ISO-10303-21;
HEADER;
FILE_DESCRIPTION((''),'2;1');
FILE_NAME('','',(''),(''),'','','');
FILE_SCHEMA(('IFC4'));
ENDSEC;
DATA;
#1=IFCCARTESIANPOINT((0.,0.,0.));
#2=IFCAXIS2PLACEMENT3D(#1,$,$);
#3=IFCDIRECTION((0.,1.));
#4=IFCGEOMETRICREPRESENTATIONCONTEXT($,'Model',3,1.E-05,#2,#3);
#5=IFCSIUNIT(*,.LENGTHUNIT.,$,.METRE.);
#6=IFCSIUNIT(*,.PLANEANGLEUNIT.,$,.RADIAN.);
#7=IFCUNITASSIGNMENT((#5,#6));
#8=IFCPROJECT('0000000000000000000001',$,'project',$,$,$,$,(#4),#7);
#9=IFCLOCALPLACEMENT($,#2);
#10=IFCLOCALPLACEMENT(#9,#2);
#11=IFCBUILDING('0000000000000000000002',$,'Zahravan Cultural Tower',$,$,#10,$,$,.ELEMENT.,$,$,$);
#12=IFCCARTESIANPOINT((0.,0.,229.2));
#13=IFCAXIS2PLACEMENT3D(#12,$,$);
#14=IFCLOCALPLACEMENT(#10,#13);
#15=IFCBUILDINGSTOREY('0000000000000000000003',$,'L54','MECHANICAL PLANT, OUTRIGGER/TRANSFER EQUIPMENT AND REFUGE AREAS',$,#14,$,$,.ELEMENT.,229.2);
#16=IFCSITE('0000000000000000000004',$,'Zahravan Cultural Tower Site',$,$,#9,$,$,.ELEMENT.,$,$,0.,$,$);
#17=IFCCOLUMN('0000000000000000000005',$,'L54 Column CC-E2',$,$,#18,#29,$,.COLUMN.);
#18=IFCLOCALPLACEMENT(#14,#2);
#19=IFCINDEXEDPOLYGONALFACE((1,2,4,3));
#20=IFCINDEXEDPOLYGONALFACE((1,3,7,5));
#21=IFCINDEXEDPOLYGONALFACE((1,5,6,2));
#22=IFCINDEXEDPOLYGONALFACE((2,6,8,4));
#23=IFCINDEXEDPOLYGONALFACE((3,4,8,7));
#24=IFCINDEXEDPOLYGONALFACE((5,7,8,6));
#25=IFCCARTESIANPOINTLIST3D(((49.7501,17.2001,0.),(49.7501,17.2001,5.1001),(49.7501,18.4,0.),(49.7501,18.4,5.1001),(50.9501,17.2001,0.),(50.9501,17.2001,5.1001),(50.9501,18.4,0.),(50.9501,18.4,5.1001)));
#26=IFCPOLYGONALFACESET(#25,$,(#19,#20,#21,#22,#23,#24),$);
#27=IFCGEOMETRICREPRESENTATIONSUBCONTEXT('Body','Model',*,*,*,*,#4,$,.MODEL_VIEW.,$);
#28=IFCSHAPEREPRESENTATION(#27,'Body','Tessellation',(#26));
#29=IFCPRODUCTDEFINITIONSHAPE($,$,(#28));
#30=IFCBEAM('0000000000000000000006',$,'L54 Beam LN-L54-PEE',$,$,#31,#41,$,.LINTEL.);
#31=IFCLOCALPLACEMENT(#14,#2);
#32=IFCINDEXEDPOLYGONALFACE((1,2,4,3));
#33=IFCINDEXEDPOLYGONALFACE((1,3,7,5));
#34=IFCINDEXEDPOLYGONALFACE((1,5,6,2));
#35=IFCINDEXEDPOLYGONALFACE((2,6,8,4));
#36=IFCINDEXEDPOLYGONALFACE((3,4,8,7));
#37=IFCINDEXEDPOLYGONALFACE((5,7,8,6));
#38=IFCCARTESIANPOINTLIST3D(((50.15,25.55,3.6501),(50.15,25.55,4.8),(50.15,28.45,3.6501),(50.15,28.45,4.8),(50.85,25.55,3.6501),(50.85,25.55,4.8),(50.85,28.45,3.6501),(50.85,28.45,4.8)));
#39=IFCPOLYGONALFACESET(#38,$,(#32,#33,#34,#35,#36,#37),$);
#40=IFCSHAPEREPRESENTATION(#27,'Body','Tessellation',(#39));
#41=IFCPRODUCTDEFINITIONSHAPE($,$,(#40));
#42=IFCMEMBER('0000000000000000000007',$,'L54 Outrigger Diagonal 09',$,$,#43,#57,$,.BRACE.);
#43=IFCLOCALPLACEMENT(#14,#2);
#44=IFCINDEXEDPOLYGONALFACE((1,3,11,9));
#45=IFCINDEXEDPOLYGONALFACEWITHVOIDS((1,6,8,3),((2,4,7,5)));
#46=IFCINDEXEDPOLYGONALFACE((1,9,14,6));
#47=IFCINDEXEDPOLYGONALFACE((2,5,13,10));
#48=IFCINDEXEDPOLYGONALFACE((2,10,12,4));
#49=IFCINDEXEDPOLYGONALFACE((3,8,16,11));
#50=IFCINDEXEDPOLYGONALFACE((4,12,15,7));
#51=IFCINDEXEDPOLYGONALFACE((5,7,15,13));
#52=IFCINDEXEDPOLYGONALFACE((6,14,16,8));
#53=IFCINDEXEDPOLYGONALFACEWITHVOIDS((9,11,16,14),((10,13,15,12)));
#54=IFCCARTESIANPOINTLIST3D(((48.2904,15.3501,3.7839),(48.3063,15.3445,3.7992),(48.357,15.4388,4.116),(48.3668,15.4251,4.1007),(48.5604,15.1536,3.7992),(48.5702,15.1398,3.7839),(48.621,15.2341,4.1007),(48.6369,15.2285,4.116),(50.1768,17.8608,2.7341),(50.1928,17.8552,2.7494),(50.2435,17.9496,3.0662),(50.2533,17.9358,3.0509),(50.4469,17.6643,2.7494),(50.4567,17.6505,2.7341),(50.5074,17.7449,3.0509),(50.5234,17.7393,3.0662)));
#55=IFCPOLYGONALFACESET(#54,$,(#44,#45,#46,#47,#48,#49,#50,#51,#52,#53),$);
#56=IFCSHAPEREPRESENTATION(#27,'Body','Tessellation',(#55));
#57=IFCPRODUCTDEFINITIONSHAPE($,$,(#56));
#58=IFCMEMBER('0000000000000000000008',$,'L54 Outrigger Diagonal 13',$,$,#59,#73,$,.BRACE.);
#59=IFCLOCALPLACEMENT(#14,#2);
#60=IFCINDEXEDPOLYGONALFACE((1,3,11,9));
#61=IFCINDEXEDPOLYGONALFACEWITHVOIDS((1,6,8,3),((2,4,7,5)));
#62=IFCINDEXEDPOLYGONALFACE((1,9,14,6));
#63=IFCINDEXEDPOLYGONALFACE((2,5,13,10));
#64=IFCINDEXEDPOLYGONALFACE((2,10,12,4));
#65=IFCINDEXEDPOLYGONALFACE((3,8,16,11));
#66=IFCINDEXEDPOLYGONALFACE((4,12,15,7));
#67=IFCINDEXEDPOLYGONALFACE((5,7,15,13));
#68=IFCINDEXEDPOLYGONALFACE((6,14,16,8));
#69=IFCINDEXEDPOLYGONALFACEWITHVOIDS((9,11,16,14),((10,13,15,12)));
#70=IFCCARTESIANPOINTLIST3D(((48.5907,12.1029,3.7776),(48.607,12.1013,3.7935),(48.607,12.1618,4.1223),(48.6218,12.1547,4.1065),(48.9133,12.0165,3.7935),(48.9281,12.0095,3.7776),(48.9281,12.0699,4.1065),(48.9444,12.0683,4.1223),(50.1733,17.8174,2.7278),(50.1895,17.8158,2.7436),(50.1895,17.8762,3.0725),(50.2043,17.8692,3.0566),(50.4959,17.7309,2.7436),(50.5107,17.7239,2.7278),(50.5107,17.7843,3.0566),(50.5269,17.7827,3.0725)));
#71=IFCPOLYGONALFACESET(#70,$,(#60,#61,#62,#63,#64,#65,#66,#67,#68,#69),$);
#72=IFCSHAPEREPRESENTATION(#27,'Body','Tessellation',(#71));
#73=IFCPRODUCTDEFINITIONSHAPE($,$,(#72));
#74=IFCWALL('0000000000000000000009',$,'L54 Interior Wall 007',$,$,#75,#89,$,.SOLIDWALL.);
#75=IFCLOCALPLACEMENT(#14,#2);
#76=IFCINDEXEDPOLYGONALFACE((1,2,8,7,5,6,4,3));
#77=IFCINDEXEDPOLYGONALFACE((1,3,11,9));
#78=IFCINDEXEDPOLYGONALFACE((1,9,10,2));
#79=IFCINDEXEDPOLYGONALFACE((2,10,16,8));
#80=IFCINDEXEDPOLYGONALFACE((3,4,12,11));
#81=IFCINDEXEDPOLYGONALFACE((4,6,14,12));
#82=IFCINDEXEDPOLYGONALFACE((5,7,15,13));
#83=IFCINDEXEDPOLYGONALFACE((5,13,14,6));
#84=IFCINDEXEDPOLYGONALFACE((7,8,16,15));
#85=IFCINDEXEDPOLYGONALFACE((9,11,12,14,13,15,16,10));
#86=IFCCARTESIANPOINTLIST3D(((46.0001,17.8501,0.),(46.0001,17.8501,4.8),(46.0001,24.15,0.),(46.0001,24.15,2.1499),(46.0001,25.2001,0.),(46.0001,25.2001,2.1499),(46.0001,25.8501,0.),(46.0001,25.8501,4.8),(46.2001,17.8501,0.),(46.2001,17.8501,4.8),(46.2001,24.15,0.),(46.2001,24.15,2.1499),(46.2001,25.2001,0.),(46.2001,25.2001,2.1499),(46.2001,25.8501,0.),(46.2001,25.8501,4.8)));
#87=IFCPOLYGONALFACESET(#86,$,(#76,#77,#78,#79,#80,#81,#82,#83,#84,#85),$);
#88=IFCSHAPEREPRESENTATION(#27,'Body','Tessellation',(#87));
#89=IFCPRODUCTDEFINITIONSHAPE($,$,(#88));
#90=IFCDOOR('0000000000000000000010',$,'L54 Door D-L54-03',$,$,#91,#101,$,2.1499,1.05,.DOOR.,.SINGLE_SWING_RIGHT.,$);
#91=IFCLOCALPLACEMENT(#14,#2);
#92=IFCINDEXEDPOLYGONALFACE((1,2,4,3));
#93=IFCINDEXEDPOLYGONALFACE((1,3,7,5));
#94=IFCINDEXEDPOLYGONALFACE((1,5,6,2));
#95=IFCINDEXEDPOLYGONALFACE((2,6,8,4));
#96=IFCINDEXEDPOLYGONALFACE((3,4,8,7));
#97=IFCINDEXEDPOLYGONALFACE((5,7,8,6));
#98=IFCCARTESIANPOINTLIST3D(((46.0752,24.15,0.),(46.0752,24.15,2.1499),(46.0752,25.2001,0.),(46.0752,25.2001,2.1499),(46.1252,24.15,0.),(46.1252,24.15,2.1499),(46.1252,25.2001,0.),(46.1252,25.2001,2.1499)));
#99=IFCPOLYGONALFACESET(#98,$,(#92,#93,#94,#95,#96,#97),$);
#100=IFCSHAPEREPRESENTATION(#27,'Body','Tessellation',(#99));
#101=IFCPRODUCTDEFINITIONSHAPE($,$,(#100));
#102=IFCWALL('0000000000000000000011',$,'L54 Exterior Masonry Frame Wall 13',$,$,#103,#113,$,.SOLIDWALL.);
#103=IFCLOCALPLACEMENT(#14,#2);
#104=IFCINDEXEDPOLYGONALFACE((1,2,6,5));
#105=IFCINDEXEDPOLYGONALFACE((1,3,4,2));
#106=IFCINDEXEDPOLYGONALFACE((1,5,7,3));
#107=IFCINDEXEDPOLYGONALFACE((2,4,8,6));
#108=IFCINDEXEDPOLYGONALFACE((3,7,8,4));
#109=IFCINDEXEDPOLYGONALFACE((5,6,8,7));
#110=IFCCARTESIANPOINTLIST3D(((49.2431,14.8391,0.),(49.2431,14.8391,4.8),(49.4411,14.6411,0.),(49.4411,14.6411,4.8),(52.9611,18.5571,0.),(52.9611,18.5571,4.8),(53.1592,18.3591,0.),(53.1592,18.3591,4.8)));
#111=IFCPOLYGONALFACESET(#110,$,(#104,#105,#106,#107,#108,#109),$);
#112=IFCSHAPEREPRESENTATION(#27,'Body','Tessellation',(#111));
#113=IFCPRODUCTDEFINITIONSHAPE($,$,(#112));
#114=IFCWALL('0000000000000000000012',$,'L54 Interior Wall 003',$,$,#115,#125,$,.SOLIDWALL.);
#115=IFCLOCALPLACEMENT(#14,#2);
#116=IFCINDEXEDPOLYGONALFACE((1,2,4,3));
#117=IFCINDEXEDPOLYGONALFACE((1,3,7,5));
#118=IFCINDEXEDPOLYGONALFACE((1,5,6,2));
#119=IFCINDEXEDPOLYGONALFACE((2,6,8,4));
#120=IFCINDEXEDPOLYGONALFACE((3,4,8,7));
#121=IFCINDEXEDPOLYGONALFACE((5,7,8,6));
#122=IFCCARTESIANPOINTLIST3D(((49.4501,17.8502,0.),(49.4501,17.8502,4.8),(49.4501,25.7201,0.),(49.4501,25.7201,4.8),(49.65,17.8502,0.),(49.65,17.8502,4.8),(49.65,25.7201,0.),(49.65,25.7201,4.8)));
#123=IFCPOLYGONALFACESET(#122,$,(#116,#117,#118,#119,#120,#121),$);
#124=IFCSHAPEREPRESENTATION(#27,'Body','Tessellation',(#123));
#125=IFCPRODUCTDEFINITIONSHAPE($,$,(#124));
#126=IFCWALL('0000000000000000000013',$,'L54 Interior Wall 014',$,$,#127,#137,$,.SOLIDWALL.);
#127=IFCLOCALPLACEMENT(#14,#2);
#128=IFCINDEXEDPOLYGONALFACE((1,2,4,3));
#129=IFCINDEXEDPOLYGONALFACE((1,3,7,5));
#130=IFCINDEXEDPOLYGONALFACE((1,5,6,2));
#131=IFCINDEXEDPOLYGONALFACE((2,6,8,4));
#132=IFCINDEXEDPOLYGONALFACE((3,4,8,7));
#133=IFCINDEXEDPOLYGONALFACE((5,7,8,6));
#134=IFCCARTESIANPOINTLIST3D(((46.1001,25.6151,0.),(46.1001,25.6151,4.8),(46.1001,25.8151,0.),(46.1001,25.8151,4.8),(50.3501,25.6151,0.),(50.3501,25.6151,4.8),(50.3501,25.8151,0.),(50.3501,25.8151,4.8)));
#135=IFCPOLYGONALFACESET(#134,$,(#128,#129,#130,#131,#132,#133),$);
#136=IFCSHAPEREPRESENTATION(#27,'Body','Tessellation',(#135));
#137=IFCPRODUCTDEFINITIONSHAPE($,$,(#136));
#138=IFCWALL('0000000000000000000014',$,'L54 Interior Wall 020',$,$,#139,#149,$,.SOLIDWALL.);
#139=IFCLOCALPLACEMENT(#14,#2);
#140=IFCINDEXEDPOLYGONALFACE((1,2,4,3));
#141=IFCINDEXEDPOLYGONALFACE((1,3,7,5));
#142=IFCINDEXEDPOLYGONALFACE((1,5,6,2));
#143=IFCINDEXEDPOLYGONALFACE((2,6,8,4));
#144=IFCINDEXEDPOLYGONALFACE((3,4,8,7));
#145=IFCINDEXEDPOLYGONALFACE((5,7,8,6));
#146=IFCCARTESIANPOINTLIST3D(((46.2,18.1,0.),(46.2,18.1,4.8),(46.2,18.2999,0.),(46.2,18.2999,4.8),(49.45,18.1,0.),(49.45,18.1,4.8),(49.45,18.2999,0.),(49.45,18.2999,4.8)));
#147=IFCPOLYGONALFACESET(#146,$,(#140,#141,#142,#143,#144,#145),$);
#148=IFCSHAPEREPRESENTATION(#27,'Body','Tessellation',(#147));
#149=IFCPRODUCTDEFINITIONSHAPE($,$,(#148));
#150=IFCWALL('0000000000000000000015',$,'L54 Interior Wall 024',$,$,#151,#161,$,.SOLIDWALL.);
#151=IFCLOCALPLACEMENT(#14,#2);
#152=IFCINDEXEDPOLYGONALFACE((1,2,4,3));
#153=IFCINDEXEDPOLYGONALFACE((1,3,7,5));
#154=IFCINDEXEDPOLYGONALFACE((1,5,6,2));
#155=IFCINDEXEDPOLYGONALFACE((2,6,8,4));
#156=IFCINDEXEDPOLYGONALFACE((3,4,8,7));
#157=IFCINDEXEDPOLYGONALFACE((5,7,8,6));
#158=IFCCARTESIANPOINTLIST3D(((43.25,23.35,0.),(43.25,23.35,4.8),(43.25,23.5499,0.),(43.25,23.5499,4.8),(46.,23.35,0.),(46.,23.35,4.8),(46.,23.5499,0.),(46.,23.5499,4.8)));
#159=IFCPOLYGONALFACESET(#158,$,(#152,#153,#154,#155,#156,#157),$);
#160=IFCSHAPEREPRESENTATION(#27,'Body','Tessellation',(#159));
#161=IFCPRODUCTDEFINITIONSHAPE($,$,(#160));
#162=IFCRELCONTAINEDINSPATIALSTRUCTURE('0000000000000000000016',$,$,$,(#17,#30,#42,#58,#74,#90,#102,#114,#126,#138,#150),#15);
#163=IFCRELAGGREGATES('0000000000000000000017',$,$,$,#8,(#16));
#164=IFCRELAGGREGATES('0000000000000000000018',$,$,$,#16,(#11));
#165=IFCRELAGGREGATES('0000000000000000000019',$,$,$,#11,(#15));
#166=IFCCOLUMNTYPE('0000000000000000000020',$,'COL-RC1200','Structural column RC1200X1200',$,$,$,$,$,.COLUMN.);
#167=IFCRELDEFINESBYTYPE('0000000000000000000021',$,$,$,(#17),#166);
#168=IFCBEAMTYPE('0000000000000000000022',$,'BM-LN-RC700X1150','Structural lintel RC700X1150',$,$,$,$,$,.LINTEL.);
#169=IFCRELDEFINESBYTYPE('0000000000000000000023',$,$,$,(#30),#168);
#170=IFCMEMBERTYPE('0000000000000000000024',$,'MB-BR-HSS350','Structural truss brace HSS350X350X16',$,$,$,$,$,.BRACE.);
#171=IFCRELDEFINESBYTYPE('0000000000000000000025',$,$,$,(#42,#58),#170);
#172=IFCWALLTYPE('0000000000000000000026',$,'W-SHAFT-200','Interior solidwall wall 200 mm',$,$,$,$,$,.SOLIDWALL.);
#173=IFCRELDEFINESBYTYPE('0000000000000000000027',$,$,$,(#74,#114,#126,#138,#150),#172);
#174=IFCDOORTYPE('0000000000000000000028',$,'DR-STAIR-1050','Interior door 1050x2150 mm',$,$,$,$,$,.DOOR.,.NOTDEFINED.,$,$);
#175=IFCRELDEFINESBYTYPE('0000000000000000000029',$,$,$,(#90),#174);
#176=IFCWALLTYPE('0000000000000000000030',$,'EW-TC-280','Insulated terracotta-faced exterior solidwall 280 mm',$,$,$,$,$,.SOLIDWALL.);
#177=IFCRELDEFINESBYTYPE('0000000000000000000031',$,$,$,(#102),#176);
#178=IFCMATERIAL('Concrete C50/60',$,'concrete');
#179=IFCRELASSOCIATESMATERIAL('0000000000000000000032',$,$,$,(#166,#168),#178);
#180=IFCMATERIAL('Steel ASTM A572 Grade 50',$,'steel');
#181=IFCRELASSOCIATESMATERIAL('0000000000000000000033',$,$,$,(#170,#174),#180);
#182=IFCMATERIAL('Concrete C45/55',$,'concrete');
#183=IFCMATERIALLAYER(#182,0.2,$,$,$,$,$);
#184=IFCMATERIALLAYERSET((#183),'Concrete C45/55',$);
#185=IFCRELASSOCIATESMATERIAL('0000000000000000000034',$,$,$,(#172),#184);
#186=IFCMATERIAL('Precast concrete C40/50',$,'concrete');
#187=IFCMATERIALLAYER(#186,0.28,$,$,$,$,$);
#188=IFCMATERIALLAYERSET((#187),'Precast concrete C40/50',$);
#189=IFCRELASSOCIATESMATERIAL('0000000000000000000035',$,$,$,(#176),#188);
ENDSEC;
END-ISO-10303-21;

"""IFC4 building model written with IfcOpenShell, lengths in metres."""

from ifc_helpers import new_model, si_unit, direction, frame, frame_2d, origin, origin_2d, place, context, subcontext, project, spatial, rectangle, hollow_rectangle, extrude, source, transform, mapped, material, layer, layer_set, material_profile, profile_set, type_object, element, fill, save


model = new_model("IFC4")

# Units and contexts
model_context = context("Model", 3, precision=1e-05, world=origin(), true_north=direction((0.0, 1.0)))
body_context = subcontext(model_context, "Body", "Model", "MODEL_VIEW")
ifc_project = project(units=[si_unit("LENGTHUNIT", "METRE"), si_unit("PLANEANGLEUNIT", "RADIAN")], contexts=[model_context])

# Site, building, storey
site_placement = place(None, origin())
site = spatial("IfcSite", under=ifc_project, at=site_placement, Name="Zahravan Cultural Tower Site", CompositionType="ELEMENT", RefElevation=0.0)
building_placement = place(site_placement, origin())
building = spatial("IfcBuilding", under=site, at=building_placement, Name="Zahravan Cultural Tower", CompositionType="ELEMENT")
storey_placement = place(building_placement, frame((0.0, 0.0, 229.2)))
storey = spatial("IfcBuildingStorey", under=building, at=storey_placement, Name="L54", Description="MECHANICAL PLANT, OUTRIGGER/TRANSFER EQUIPMENT AND REFUGE AREAS", CompositionType="ELEMENT", Elevation=229.2)

# Column
ifc_material_1 = material(Name="Concrete C50/60", Category="concrete")
ifc_material_profile_1 = material_profile(ifc_material_1, rectangle(XDim=1.2, YDim=1.2, at=origin_2d()), Name="RC1200X1200")
ifc_profile_set_1 = profile_set([ifc_material_profile_1], Name="Concrete C50/60")
column_type = type_object("IfcColumnType", Name="COL-RC1200", Description="Structural column RC1200X1200", PredefinedType="COLUMN", material=ifc_profile_set_1)
shared_shape_1 = source(origin(), body_context, "Body", "SweptSolid", [
    extrude(rectangle(XDim=1.2, YDim=1.2, at=origin_2d()), origin(), (0.0, 0.0, 1.0), 5.1001),
])
column_placement = place(storey_placement, frame((50.3501, 17.8, 0.0), z_axis=(0.0, 0.0, 1.0), x_axis=(1.0, 0.0, 0.0)))
element("IfcColumn", 1, at=column_placement, inside=storey, type_object=column_type, Name="L54 Column CC-E2", PredefinedType="COLUMN", context=body_context, shape_type="MappedRepresentation", body=[
    mapped(shared_shape_1, transform((0.0, 0.0, 0.0), x_axis=(1.0, 0.0, 0.0), y_axis=(0.0, 1.0, 0.0), z_axis=(0.0, 0.0, 1.0), scale=1.0)),
])

# Beam
ifc_material_profile_2 = material_profile(ifc_material_1, rectangle(XDim=0.7, YDim=1.1499, at=origin_2d()), Name="RC700X1150")
ifc_profile_set_2 = profile_set([ifc_material_profile_2], Name="Concrete C50/60")
beam_type = type_object("IfcBeamType", Name="BM-LN-RC700X1150", Description="Structural lintel RC700X1150", PredefinedType="LINTEL", material=ifc_profile_set_2)
shared_shape_2 = source(origin(), body_context, "Body", "SweptSolid", [
    extrude(rectangle(XDim=0.7, YDim=1.1499, at=origin_2d()), origin(), (0.0, 0.0, 1.0), 2.8999),
])
beam_placement = place(storey_placement, frame((50.5, 25.55, 4.2251), z_axis=(0.0, 1.0, 0.0), x_axis=(-1.0, 0.0, 0.0)))
element("IfcBeam", 2, at=beam_placement, inside=storey, type_object=beam_type, Name="L54 Beam LN-L54-PEE", PredefinedType="LINTEL", context=body_context, shape_type="MappedRepresentation", body=[
    mapped(shared_shape_2, transform((0.0, 0.0, 0.0), x_axis=(1.0, 0.0, 0.0), y_axis=(0.0, 1.0, 0.0), z_axis=(0.0, 0.0, 1.0), scale=1.0)),
])

# Members
ifc_material_2 = material(Name="Steel ASTM A572 Grade 50", Category="steel")
ifc_material_profile_3 = material_profile(ifc_material_2, hollow_rectangle(XDim=0.3501, YDim=0.3501, WallThickness=0.0161, at=origin_2d()), Name="HSS350X350X16")
ifc_profile_set_3 = profile_set([ifc_material_profile_3], Name="Steel ASTM A572 Grade 50")
member_type = type_object("IfcMemberType", Name="MB-BR-HSS350", Description="Structural truss brace HSS350X350X16", PredefinedType="BRACE", material=ifc_profile_set_3)
shared_shape_3 = source(origin(), body_context, "Body", "SweptSolid", [
    extrude(hollow_rectangle(XDim=0.3501, YDim=0.3501, WallThickness=0.0161, at=origin_2d()), origin(), (0.0, 0.0, 1.0), 3.3113),
])
member_1_placement = place(storey_placement, frame((50.3501, 17.8, 2.9001), z_axis=(-0.569708, -0.758235, 0.317037), x_axis=(0.799477, -0.600696, 0.0)))
element("IfcMember", 3, at=member_1_placement, inside=storey, type_object=member_type, Name="L54 Outrigger Diagonal 09", PredefinedType="BRACE", context=body_context, shape_type="MappedRepresentation", body=[
    mapped(shared_shape_3, transform((0.0, 0.0, 0.0), x_axis=(1.0, 0.0, 0.0), y_axis=(0.0, 1.0, 0.0), z_axis=(0.0, 0.0, 1.0), scale=1.0)),
])
shared_shape_4 = source(origin(), body_context, "Body", "SweptSolid", [
    extrude(hollow_rectangle(XDim=0.3501, YDim=0.3501, WallThickness=0.0161, at=origin_2d()), origin(), (0.0, 0.0, 1.0), 6.0217),
])
member_2_placement = place(storey_placement, frame((50.3501, 17.8, 2.9001), z_axis=(-0.262805, -0.948968, 0.174338), x_axis=(0.963726, -0.266892, 0.0)))
element("IfcMember", 4, at=member_2_placement, inside=storey, type_object=member_type, Name="L54 Outrigger Diagonal 13", PredefinedType="BRACE", context=body_context, shape_type="MappedRepresentation", body=[
    mapped(shared_shape_4, transform((0.0, 0.0, 0.0), x_axis=(1.0, 0.0, 0.0), y_axis=(0.0, 1.0, 0.0), z_axis=(0.0, 0.0, 1.0), scale=1.0)),
])

# Wall, opening, door
ifc_material_3 = material(Name="Concrete C45/55", Category="concrete")
ifc_layer_1 = layer(ifc_material_3, 0.2)
ifc_layer_set_1 = layer_set([ifc_layer_1], Name="Concrete C45/55")
wall_type_1 = type_object("IfcWallType", Name="W-SHAFT-200", Description="Interior solidwall wall 200 mm", PredefinedType="SOLIDWALL", material=ifc_layer_set_1)
wall_1_placement = place(storey_placement, frame((46.1001, 17.8501, 0.0), z_axis=(0.0, 0.0, 1.0), x_axis=(0.0, 1.0, 0.0)))
wall_1 = element("IfcWall", 5, at=wall_1_placement, inside=storey, type_object=wall_type_1, Name="L54 Interior Wall 007", PredefinedType="SOLIDWALL", context=body_context, shape_type="SweptSolid", body=[
    extrude(rectangle(XDim=8.0, YDim=0.2, at=frame_2d((4.0, 0.0))), origin(), (0.0, 0.0, 1.0), 4.8),
])
opening_placement = place(wall_1_placement, frame((6.3, 0.0, 0.0)))
opening = element("IfcOpeningElement", 6, at=opening_placement, cuts=wall_1, PredefinedType="OPENING", context=body_context, shape_type="SweptSolid", body=[
    extrude(rectangle(XDim=1.05, YDim=2.1499, at=frame_2d((0.5249, 1.075))), frame((0.0, 0.1099, 0.0), z_axis=(0.0, -1.0, 0.0), x_axis=(1.0, 0.0, 0.0)), (0.0, 0.0, 1.0), 0.22),
])
door_type = type_object("IfcDoorType", Name="DR-STAIR-1050", Description="Interior door 1050x2150 mm", OperationType="NOTDEFINED", PredefinedType="DOOR", material=ifc_material_2)
shared_shape_5 = source(origin(), body_context, "Body", "SweptSolid", [
    extrude(rectangle(XDim=1.05, YDim=2.1499, at=frame_2d((0.5249, 1.075))), frame((0.0, 0.0249, 0.0), z_axis=(0.0, -1.0, 0.0), x_axis=(1.0, 0.0, 0.0)), (0.0, 0.0, 1.0), 0.05),
])
door_placement = place(opening_placement, origin())
door = element("IfcDoor", 7, at=door_placement, inside=storey, type_object=door_type, Name="L54 Door D-L54-03", OperationType="SINGLE_SWING_RIGHT", OverallHeight=2.1499, OverallWidth=1.05, PredefinedType="DOOR", context=body_context, shape_type="MappedRepresentation", body=[
    mapped(shared_shape_5, transform((0.0, 0.0, 0.0), x_axis=(1.0, 0.0, 0.0), y_axis=(0.0, 1.0, 0.0), z_axis=(0.0, 0.0, 1.0), scale=1.0)),
])
fill(opening, door)

# Walls
ifc_material_4 = material(Name="Precast concrete C40/50", Category="concrete")
ifc_layer_2 = layer(ifc_material_4, 0.28)
ifc_layer_set_2 = layer_set([ifc_layer_2], Name="Precast concrete C40/50")
wall_type_2 = type_object("IfcWallType", Name="EW-TC-280", Description="Insulated terracotta-faced exterior solidwall 280 mm", PredefinedType="SOLIDWALL", material=ifc_layer_set_2)
shared_shape_6 = source(origin(), body_context, "Body", "SweptSolid", [
    extrude(rectangle(XDim=5.2581, YDim=0.28, at=frame_2d((2.6289, 0.0))), origin(), (0.0, 0.0, 1.0), 4.8),
])
wall_2_placement = place(storey_placement, frame((53.0601, 18.458, 0.0), z_axis=(0.0, 0.0, 1.0), x_axis=(-0.707107, -0.707107, 0.0)))
element("IfcWall", 8, at=wall_2_placement, inside=storey, type_object=wall_type_2, Name="L54 Exterior Masonry Frame Wall 13", PredefinedType="SOLIDWALL", context=body_context, shape_type="MappedRepresentation", body=[
    mapped(shared_shape_6, transform((0.0, 0.0, 0.0), x_axis=(1.0, 0.0, 0.0), y_axis=(0.0, 1.0, 0.0), z_axis=(0.0, 0.0, 1.0), scale=1.0)),
])
shared_shape_7 = source(origin(), body_context, "Body", "SweptSolid", [
    extrude(rectangle(XDim=7.8699, YDim=0.2, at=frame_2d((3.9351, 0.0))), origin(), (0.0, 0.0, 1.0), 4.8),
])
wall_3_placement = place(storey_placement, frame((49.55, 17.8501, 0.0), z_axis=(0.0, 0.0, 1.0), x_axis=(0.0, 1.0, 0.0)))
element("IfcWall", 9, at=wall_3_placement, inside=storey, type_object=wall_type_1, Name="L54 Interior Wall 003", PredefinedType="SOLIDWALL", context=body_context, shape_type="MappedRepresentation", body=[
    mapped(shared_shape_7, transform((0.0, 0.0, 0.0), x_axis=(1.0, 0.0, 0.0), y_axis=(0.0, 1.0, 0.0), z_axis=(0.0, 0.0, 1.0), scale=1.0)),
])
shared_shape_8 = source(origin(), body_context, "Body", "SweptSolid", [
    extrude(rectangle(XDim=4.25, YDim=0.2, at=frame_2d((2.125, 0.0))), origin(), (0.0, 0.0, 1.0), 4.8),
])
wall_4_placement = place(storey_placement, frame((46.1001, 25.7151, 0.0), z_axis=(0.0, 0.0, 1.0), x_axis=(1.0, 0.0, 0.0)))
element("IfcWall", 10, at=wall_4_placement, inside=storey, type_object=wall_type_1, Name="L54 Interior Wall 014", PredefinedType="SOLIDWALL", context=body_context, shape_type="MappedRepresentation", body=[
    mapped(shared_shape_8, transform((0.0, 0.0, 0.0), x_axis=(1.0, 0.0, 0.0), y_axis=(0.0, 1.0, 0.0), z_axis=(0.0, 0.0, 1.0), scale=1.0)),
])
shared_shape_9 = source(origin(), body_context, "Body", "SweptSolid", [
    extrude(rectangle(XDim=3.25, YDim=0.2, at=frame_2d((1.625, 0.0))), origin(), (0.0, 0.0, 1.0), 4.8),
])
wall_5_placement = place(storey_placement, frame((46.2, 18.2, 0.0), z_axis=(0.0, 0.0, 1.0), x_axis=(1.0, 0.0, 0.0)))
element("IfcWall", 11, at=wall_5_placement, inside=storey, type_object=wall_type_1, Name="L54 Interior Wall 020", PredefinedType="SOLIDWALL", context=body_context, shape_type="MappedRepresentation", body=[
    mapped(shared_shape_9, transform((0.0, 0.0, 0.0), x_axis=(1.0, 0.0, 0.0), y_axis=(0.0, 1.0, 0.0), z_axis=(0.0, 0.0, 1.0), scale=1.0)),
])
shared_shape_10 = source(origin(), body_context, "Body", "SweptSolid", [
    extrude(rectangle(XDim=2.75, YDim=0.2, at=frame_2d((1.375, 0.0))), origin(), (0.0, 0.0, 1.0), 4.8),
])
wall_6_placement = place(storey_placement, frame((43.25, 23.45, 0.0), z_axis=(0.0, 0.0, 1.0), x_axis=(1.0, 0.0, 0.0)))
element("IfcWall", 12, at=wall_6_placement, inside=storey, type_object=wall_type_1, Name="L54 Interior Wall 024", PredefinedType="SOLIDWALL", context=body_context, shape_type="MappedRepresentation", body=[
    mapped(shared_shape_10, transform((0.0, 0.0, 0.0), x_axis=(1.0, 0.0, 0.0), y_axis=(0.0, 1.0, 0.0), z_axis=(0.0, 0.0, 1.0), scale=1.0)),
])

save(model, "model.ifc")
